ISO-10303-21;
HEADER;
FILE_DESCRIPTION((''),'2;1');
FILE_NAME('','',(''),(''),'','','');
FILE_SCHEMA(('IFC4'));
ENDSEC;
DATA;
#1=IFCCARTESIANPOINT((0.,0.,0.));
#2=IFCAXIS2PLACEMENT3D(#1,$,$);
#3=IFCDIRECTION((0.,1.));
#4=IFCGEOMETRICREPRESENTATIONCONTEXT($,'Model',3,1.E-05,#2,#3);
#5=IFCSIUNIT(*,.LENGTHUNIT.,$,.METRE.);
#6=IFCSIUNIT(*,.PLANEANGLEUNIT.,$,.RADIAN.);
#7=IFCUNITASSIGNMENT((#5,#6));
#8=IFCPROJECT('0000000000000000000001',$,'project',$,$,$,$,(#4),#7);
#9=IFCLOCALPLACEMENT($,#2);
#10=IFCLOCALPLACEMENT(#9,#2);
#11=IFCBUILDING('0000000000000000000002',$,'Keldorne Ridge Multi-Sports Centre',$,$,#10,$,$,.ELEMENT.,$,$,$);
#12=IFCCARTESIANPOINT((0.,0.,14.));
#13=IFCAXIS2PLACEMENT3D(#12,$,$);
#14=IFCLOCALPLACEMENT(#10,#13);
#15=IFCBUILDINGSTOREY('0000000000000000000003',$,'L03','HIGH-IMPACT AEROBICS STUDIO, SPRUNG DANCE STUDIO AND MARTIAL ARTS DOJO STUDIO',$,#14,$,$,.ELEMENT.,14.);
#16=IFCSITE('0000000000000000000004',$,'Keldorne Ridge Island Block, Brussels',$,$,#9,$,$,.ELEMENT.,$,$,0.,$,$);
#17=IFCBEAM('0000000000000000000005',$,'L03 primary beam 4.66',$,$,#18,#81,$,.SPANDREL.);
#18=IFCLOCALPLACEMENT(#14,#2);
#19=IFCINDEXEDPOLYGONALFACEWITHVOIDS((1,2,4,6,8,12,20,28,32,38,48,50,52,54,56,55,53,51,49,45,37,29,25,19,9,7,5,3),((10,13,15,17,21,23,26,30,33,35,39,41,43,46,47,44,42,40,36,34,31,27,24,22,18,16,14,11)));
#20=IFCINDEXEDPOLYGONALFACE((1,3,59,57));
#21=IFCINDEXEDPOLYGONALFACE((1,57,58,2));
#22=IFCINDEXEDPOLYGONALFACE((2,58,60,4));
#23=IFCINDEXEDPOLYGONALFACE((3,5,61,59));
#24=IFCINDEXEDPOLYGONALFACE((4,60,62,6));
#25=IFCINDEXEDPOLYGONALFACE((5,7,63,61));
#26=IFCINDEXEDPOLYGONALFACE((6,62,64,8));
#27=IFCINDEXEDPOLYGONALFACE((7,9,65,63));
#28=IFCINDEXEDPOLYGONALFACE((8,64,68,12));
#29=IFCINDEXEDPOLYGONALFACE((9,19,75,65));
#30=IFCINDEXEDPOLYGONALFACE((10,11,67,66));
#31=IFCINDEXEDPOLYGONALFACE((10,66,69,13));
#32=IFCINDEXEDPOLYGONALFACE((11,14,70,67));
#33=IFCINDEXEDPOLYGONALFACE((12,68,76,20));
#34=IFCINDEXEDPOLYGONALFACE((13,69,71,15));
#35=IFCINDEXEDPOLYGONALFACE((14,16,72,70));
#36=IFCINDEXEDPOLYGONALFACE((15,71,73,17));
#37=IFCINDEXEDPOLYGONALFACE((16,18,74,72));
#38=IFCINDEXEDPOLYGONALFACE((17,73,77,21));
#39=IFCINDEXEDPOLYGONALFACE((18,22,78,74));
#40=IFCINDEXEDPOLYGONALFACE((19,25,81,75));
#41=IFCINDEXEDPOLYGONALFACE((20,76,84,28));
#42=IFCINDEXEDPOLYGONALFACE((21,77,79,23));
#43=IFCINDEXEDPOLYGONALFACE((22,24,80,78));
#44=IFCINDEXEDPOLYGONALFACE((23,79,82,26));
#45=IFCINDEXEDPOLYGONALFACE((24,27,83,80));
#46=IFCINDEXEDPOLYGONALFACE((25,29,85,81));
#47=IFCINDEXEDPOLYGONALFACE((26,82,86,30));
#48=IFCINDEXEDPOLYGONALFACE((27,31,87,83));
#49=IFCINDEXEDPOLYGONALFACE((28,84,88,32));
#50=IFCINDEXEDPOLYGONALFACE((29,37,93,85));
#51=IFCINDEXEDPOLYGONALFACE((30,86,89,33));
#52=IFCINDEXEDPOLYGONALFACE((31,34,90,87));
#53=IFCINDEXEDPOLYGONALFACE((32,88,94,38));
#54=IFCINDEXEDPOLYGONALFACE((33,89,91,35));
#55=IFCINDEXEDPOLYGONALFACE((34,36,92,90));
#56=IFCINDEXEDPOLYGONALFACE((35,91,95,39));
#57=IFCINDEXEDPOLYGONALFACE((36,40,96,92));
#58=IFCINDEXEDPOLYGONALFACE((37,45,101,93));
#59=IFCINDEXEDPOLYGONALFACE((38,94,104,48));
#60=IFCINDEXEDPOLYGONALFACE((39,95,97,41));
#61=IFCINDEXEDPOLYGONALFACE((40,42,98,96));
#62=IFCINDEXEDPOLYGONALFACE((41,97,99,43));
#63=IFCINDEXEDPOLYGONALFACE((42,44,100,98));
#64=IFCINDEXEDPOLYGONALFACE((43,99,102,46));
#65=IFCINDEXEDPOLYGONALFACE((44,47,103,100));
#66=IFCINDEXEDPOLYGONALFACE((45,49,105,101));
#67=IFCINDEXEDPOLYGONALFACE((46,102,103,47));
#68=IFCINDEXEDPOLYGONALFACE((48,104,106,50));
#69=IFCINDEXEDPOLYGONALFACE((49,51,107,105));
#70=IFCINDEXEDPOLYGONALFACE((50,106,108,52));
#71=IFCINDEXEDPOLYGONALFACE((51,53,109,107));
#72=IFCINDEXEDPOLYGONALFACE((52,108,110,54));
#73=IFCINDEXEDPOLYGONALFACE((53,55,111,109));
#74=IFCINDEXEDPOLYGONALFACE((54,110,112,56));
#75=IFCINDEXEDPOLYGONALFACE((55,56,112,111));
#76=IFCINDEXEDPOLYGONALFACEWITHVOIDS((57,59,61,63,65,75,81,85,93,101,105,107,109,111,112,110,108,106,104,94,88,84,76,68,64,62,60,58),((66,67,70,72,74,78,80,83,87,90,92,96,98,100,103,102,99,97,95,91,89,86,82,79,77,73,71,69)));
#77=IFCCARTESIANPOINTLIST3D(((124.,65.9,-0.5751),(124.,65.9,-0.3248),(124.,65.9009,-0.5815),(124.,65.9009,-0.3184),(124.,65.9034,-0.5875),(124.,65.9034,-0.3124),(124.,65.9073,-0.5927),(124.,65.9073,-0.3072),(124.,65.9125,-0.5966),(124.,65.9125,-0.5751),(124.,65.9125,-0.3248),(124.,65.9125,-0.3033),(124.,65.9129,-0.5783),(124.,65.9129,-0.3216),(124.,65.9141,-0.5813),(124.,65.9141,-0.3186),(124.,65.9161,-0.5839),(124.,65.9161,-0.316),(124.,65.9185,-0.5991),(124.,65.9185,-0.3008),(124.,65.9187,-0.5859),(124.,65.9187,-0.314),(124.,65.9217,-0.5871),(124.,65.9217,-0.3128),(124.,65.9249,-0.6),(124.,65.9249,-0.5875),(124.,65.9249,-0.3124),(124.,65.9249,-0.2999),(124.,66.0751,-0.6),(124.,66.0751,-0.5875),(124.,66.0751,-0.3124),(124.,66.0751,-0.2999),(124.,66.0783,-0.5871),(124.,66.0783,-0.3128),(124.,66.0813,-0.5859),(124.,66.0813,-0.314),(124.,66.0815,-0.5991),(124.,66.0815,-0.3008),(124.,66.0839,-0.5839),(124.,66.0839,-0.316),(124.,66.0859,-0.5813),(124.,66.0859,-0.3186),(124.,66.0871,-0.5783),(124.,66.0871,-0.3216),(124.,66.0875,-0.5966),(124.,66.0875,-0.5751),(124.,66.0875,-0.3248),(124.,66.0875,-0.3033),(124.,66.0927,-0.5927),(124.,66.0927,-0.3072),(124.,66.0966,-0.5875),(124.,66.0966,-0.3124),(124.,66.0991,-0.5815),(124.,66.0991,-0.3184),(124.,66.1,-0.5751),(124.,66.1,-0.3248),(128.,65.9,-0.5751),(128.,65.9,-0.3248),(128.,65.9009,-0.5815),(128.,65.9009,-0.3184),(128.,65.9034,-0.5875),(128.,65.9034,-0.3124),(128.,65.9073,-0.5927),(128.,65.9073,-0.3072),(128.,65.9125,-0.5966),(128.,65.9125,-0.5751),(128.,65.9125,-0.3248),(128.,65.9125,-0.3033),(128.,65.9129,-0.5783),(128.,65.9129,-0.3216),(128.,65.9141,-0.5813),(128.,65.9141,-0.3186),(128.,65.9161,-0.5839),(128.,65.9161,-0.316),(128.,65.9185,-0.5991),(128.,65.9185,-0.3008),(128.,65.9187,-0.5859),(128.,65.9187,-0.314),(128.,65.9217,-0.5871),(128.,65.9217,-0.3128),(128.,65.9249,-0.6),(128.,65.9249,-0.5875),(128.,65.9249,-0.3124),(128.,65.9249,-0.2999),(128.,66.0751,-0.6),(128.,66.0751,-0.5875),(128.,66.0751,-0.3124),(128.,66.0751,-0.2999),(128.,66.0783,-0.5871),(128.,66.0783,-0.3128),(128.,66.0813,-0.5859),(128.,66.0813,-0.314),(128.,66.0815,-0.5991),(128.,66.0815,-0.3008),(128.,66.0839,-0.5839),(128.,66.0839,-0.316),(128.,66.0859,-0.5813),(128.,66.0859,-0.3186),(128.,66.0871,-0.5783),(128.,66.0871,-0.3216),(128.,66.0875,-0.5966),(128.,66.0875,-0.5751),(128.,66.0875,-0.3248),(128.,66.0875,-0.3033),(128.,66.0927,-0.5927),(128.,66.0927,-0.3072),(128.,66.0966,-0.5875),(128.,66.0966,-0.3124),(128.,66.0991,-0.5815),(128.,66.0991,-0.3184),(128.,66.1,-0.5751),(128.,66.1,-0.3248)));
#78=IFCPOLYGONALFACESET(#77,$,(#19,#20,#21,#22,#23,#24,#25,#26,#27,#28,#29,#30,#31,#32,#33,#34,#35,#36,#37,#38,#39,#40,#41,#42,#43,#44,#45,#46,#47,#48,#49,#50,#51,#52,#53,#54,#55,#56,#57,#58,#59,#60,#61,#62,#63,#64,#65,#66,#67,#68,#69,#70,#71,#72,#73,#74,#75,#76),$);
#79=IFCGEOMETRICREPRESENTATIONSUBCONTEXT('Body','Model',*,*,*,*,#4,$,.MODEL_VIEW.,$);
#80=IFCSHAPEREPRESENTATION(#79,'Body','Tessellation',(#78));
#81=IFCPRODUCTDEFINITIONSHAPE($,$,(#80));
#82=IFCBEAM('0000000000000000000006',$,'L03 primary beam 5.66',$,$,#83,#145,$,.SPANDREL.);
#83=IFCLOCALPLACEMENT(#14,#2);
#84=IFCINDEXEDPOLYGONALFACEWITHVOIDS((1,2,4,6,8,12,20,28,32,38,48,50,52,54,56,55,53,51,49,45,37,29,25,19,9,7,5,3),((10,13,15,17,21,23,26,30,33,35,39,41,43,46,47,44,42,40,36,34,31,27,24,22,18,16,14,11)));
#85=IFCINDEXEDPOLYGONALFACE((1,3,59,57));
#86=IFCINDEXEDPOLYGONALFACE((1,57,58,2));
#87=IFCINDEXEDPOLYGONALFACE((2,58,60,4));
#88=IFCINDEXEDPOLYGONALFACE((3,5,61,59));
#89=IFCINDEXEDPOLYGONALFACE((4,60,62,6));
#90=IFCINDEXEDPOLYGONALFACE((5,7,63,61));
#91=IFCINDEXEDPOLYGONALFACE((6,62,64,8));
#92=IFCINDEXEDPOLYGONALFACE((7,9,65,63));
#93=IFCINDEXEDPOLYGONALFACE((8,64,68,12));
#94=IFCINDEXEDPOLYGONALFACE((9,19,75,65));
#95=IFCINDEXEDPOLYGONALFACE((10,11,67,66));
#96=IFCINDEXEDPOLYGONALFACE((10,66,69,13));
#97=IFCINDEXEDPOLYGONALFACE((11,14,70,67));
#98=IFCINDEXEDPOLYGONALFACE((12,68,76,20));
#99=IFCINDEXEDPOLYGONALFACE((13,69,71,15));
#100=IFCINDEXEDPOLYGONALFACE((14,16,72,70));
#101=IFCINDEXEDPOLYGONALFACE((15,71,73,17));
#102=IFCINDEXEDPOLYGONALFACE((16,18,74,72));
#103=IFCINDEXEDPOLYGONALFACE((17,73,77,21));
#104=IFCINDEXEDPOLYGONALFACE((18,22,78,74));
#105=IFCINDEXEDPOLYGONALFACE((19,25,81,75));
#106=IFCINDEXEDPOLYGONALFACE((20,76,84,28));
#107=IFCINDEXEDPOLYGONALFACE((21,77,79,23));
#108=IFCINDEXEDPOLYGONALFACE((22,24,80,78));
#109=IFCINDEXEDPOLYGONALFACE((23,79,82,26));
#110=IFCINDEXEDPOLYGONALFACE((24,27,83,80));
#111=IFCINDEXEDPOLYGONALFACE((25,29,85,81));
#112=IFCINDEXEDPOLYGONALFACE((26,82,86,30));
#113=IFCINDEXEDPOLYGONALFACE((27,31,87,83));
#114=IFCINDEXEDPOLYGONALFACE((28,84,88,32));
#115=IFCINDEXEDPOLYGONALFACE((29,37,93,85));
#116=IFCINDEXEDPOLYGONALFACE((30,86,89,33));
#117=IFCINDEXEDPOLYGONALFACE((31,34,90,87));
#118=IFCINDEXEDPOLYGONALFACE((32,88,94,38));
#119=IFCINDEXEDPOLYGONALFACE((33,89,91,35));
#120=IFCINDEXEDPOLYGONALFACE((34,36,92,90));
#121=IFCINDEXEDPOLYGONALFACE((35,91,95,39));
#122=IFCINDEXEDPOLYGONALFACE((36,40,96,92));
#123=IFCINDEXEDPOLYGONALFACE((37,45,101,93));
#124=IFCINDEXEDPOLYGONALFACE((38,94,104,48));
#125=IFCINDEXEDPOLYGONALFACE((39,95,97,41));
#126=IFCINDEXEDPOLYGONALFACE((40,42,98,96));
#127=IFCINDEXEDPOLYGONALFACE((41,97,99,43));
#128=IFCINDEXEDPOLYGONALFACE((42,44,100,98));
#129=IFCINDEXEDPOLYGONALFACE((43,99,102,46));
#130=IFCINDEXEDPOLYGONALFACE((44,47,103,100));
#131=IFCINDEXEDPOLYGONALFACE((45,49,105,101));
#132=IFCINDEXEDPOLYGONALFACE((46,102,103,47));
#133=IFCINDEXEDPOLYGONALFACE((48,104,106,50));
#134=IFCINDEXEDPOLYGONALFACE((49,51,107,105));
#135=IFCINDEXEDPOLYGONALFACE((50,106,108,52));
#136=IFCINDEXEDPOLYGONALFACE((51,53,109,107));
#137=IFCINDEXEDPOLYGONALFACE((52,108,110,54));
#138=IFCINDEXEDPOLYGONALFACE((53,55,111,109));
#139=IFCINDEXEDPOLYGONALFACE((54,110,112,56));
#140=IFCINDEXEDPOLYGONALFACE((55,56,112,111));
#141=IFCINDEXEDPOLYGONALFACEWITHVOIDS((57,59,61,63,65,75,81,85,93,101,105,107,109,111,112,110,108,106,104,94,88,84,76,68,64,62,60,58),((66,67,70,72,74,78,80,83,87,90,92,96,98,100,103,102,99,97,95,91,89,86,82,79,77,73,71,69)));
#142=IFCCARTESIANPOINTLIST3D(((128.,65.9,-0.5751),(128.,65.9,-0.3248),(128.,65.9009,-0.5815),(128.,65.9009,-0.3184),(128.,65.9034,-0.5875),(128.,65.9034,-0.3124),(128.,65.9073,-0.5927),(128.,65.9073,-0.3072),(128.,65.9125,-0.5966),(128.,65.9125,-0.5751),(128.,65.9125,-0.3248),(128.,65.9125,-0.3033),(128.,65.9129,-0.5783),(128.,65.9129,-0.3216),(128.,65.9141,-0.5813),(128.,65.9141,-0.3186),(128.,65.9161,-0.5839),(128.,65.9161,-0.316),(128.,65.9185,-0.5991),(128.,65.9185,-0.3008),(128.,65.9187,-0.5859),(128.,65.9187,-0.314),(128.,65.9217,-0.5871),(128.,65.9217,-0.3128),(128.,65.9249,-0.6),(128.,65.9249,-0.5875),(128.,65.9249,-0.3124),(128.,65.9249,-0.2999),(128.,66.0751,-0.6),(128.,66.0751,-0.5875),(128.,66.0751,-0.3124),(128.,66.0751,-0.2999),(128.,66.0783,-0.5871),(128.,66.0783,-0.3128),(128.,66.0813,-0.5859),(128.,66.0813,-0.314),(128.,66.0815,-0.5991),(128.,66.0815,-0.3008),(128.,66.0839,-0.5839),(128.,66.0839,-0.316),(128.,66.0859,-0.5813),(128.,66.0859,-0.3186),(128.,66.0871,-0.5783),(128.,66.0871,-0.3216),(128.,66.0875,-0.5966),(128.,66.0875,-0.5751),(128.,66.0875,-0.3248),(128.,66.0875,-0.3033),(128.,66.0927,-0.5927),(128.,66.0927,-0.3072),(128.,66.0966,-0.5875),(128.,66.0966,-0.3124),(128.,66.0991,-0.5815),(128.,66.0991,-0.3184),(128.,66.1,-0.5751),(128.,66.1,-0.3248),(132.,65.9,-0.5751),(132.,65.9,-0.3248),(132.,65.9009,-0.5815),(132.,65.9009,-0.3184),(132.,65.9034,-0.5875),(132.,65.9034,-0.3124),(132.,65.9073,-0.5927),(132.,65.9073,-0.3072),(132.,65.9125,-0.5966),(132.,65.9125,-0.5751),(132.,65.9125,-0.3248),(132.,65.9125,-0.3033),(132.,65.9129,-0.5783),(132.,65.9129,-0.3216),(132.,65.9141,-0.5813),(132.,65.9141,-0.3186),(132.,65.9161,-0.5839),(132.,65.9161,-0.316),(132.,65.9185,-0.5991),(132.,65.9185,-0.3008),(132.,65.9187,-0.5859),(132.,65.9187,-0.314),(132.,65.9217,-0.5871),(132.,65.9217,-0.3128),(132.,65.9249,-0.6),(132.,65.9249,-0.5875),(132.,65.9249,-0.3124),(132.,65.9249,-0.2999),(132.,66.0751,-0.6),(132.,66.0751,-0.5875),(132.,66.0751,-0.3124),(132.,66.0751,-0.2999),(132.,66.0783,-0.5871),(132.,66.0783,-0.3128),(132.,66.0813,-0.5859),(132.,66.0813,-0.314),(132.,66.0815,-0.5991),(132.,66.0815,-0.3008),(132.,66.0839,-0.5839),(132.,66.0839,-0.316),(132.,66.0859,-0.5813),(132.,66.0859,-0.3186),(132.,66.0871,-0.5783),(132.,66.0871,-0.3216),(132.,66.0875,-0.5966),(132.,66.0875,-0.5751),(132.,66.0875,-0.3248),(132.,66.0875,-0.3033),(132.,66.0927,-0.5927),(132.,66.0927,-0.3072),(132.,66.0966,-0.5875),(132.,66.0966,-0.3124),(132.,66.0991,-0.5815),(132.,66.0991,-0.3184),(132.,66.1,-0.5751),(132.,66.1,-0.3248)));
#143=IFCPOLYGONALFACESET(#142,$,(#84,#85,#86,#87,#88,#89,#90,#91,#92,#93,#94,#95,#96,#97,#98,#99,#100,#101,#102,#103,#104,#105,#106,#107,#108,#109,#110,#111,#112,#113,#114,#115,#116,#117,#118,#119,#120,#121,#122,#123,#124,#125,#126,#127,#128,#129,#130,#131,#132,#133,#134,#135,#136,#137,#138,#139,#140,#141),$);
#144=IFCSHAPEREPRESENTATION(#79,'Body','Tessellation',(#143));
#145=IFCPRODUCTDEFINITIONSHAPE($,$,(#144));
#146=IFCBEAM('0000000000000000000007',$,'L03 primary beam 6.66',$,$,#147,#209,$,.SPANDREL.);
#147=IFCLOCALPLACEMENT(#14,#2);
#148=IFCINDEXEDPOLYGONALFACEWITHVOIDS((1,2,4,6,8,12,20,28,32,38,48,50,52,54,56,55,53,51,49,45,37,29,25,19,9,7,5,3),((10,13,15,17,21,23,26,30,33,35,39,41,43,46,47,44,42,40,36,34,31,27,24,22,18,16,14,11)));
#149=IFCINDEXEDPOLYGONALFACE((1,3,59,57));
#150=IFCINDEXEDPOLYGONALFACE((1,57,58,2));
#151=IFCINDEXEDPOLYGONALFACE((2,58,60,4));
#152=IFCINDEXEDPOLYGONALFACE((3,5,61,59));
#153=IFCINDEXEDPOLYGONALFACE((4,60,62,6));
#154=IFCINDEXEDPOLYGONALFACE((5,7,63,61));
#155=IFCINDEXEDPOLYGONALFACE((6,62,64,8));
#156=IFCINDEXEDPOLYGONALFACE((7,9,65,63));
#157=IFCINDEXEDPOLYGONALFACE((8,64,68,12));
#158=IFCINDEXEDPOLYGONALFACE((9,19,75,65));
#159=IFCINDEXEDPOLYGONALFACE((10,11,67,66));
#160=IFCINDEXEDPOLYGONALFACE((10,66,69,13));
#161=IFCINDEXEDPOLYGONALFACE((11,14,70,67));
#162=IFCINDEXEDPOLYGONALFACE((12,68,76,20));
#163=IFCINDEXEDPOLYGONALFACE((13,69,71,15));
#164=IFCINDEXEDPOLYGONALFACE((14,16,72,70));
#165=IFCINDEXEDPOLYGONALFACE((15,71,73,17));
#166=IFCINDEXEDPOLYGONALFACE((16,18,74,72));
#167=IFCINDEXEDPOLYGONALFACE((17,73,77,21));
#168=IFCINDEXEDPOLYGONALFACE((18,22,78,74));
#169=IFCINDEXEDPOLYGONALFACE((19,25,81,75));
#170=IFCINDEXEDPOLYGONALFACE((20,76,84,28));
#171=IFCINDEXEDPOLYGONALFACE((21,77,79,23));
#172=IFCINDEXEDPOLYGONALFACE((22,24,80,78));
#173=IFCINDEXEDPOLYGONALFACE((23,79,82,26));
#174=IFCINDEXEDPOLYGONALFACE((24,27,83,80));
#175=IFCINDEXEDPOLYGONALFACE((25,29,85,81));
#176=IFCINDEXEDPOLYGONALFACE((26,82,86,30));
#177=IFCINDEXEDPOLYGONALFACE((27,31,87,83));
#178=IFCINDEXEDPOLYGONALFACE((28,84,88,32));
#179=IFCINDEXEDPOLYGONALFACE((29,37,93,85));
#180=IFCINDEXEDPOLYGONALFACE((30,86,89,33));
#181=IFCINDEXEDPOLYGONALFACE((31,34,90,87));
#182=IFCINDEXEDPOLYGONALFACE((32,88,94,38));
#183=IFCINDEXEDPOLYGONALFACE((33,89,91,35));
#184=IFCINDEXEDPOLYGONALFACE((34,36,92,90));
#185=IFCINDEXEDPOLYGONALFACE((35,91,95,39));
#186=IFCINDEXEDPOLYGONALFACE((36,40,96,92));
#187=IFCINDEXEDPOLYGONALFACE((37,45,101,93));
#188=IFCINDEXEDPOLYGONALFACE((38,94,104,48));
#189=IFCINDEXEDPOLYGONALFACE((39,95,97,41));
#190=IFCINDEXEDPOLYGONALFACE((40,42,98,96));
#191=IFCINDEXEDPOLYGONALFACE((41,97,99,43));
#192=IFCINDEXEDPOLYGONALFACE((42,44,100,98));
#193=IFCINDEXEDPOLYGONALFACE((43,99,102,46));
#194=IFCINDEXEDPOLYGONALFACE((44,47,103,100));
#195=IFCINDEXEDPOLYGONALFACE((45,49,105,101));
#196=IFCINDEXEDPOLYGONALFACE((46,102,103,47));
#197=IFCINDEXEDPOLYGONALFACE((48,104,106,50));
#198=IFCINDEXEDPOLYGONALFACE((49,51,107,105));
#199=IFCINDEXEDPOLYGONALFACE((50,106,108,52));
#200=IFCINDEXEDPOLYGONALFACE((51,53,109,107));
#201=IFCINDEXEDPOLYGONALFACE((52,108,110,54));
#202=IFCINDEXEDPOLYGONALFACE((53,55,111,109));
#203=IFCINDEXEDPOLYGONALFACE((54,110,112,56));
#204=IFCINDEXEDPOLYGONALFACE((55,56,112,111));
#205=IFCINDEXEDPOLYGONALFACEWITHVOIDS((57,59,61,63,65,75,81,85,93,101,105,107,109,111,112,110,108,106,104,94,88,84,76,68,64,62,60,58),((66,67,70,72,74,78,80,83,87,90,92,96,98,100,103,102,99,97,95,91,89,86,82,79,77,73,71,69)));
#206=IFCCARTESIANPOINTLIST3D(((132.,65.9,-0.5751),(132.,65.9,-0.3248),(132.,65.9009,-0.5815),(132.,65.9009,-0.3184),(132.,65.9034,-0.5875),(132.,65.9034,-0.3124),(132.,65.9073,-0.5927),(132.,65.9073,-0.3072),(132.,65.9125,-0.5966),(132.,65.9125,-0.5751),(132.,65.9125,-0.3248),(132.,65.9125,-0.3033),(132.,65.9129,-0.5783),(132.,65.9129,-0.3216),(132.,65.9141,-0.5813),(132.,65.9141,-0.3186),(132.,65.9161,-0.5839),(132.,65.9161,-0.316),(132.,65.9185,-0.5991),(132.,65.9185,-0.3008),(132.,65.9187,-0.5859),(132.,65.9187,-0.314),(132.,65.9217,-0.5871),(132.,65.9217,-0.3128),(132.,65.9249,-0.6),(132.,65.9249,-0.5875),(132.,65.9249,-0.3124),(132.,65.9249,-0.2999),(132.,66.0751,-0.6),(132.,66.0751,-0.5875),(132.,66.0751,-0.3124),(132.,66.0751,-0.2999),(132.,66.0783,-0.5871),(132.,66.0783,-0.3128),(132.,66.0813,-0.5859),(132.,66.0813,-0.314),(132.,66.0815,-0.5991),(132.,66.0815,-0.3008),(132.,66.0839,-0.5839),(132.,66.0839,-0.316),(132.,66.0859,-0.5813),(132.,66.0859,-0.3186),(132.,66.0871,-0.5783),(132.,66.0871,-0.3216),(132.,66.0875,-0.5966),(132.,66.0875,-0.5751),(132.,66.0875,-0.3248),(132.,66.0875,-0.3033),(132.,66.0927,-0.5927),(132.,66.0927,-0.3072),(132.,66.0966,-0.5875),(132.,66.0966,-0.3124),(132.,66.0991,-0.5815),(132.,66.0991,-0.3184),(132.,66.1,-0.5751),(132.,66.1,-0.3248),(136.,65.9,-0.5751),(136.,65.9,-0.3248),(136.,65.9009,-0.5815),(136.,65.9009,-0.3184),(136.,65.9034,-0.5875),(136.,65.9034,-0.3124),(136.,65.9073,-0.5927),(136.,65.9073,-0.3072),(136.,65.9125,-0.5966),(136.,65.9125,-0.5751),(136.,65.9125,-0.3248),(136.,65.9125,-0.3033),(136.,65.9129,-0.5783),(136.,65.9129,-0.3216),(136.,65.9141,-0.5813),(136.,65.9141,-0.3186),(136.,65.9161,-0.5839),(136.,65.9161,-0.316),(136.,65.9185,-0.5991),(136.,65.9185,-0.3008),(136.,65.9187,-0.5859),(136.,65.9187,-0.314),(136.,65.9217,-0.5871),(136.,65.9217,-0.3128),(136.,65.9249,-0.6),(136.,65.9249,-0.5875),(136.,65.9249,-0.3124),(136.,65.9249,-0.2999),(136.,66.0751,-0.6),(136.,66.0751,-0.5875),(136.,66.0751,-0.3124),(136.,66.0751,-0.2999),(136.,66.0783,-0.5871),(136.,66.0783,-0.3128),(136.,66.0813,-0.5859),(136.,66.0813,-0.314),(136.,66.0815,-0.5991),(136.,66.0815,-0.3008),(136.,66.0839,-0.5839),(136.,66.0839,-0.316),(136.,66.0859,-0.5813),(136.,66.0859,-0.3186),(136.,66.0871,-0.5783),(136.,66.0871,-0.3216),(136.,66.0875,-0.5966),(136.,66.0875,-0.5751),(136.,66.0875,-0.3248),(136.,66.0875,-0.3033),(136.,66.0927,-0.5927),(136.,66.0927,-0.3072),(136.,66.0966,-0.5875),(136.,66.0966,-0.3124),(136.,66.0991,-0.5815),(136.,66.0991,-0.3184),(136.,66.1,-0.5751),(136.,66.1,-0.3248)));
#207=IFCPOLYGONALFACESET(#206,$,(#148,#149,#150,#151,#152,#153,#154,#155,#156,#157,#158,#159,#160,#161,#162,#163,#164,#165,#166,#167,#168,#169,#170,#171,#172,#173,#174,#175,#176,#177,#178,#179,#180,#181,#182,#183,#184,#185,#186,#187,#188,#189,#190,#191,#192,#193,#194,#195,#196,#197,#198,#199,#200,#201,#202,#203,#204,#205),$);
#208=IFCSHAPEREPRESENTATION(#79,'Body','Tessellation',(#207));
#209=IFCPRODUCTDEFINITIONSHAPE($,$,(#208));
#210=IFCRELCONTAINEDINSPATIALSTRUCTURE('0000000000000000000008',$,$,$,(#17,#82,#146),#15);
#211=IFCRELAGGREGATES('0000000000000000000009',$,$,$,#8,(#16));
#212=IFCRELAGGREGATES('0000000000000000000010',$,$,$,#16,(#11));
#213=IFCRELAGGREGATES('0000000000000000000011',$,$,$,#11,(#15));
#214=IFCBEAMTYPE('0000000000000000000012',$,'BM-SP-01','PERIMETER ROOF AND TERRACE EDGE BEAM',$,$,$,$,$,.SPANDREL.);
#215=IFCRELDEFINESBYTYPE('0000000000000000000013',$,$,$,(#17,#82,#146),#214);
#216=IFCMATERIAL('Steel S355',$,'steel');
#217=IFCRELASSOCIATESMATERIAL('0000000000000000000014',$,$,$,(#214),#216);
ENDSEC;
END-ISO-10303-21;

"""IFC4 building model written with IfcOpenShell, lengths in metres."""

from ifc_helpers import new_model, si_unit, direction, frame, origin, origin_2d, place, context, subcontext, project, spatial, hollow_rectangle, extrude, material, material_profile, profile_set, type_object, element, save


model = new_model("IFC4")

# Units and contexts
model_context = context("Model", 3, precision=1e-05, world=origin(), true_north=direction((0.0, 1.0)))
body_context = subcontext(model_context, "Body", "Model", "MODEL_VIEW")
ifc_project = project(units=[si_unit("LENGTHUNIT", "METRE"), si_unit("PLANEANGLEUNIT", "RADIAN")], contexts=[model_context])

# Site, building, storey
site_placement = place(None, origin())
site = spatial("IfcSite", under=ifc_project, at=site_placement, Name="Keldorne Ridge Island Block, Brussels", CompositionType="ELEMENT", RefElevation=0.0)
building_placement = place(site_placement, origin())
building = spatial("IfcBuilding", under=site, at=building_placement, Name="Keldorne Ridge Multi-Sports Centre", CompositionType="ELEMENT")
storey_placement = place(building_placement, frame((0.0, 0.0, 14.0)))
storey = spatial("IfcBuildingStorey", under=building, at=storey_placement, Name="L03", Description="HIGH-IMPACT AEROBICS STUDIO, SPRUNG DANCE STUDIO AND MARTIAL ARTS DOJO STUDIO", CompositionType="ELEMENT", Elevation=14.0)

# Beams
ifc_material_1 = material(Name="Steel S355", Category="steel")
ifc_material_profile_1 = material_profile(ifc_material_1, hollow_rectangle(XDim=0.2, YDim=0.3, WallThickness=0.0125, InnerFilletRadius=0.0125, OuterFilletRadius=0.0249, at=origin_2d()), Name="RHS 300x200x12.5")
ifc_profile_set_1 = profile_set([ifc_material_profile_1], Name="Steel S355")
beam_type_1 = type_object("IfcBeamType", Name="BM-SP-01", Description="PERIMETER ROOF AND TERRACE EDGE BEAM", PredefinedType="SPANDREL", material=ifc_profile_set_1)
for number, where, z_axis, x_axis, name in (
    (1, (124.0, 66.0, -0.45), (1.0, 0.0, 0.0), (0.0, 1.0, 0.0), "L03 primary beam 4.66"),
    (2, (128.0, 66.0, -0.45), (1.0, 0.0, 0.0), (0.0, 1.0, 0.0), "L03 primary beam 5.66"),
    (3, (132.0, 66.0, -0.45), (1.0, 0.0, 0.0), (0.0, 1.0, 0.0), "L03 primary beam 6.66"),
):
    element("IfcBeam", number, at=place(storey_placement, frame(where, z_axis=z_axis, x_axis=x_axis)), inside=storey, type_object=beam_type_1, Name=name, PredefinedType="SPANDREL", context=body_context, shape_type="SweptSolid", body=[
        extrude(hollow_rectangle(XDim=0.2, YDim=0.3, WallThickness=0.0125, InnerFilletRadius=0.0125, OuterFilletRadius=0.0249, at=origin_2d()), origin(), (0.0, 0.0, 1.0), 4.0),
    ])

save(model, "model.ifc")
